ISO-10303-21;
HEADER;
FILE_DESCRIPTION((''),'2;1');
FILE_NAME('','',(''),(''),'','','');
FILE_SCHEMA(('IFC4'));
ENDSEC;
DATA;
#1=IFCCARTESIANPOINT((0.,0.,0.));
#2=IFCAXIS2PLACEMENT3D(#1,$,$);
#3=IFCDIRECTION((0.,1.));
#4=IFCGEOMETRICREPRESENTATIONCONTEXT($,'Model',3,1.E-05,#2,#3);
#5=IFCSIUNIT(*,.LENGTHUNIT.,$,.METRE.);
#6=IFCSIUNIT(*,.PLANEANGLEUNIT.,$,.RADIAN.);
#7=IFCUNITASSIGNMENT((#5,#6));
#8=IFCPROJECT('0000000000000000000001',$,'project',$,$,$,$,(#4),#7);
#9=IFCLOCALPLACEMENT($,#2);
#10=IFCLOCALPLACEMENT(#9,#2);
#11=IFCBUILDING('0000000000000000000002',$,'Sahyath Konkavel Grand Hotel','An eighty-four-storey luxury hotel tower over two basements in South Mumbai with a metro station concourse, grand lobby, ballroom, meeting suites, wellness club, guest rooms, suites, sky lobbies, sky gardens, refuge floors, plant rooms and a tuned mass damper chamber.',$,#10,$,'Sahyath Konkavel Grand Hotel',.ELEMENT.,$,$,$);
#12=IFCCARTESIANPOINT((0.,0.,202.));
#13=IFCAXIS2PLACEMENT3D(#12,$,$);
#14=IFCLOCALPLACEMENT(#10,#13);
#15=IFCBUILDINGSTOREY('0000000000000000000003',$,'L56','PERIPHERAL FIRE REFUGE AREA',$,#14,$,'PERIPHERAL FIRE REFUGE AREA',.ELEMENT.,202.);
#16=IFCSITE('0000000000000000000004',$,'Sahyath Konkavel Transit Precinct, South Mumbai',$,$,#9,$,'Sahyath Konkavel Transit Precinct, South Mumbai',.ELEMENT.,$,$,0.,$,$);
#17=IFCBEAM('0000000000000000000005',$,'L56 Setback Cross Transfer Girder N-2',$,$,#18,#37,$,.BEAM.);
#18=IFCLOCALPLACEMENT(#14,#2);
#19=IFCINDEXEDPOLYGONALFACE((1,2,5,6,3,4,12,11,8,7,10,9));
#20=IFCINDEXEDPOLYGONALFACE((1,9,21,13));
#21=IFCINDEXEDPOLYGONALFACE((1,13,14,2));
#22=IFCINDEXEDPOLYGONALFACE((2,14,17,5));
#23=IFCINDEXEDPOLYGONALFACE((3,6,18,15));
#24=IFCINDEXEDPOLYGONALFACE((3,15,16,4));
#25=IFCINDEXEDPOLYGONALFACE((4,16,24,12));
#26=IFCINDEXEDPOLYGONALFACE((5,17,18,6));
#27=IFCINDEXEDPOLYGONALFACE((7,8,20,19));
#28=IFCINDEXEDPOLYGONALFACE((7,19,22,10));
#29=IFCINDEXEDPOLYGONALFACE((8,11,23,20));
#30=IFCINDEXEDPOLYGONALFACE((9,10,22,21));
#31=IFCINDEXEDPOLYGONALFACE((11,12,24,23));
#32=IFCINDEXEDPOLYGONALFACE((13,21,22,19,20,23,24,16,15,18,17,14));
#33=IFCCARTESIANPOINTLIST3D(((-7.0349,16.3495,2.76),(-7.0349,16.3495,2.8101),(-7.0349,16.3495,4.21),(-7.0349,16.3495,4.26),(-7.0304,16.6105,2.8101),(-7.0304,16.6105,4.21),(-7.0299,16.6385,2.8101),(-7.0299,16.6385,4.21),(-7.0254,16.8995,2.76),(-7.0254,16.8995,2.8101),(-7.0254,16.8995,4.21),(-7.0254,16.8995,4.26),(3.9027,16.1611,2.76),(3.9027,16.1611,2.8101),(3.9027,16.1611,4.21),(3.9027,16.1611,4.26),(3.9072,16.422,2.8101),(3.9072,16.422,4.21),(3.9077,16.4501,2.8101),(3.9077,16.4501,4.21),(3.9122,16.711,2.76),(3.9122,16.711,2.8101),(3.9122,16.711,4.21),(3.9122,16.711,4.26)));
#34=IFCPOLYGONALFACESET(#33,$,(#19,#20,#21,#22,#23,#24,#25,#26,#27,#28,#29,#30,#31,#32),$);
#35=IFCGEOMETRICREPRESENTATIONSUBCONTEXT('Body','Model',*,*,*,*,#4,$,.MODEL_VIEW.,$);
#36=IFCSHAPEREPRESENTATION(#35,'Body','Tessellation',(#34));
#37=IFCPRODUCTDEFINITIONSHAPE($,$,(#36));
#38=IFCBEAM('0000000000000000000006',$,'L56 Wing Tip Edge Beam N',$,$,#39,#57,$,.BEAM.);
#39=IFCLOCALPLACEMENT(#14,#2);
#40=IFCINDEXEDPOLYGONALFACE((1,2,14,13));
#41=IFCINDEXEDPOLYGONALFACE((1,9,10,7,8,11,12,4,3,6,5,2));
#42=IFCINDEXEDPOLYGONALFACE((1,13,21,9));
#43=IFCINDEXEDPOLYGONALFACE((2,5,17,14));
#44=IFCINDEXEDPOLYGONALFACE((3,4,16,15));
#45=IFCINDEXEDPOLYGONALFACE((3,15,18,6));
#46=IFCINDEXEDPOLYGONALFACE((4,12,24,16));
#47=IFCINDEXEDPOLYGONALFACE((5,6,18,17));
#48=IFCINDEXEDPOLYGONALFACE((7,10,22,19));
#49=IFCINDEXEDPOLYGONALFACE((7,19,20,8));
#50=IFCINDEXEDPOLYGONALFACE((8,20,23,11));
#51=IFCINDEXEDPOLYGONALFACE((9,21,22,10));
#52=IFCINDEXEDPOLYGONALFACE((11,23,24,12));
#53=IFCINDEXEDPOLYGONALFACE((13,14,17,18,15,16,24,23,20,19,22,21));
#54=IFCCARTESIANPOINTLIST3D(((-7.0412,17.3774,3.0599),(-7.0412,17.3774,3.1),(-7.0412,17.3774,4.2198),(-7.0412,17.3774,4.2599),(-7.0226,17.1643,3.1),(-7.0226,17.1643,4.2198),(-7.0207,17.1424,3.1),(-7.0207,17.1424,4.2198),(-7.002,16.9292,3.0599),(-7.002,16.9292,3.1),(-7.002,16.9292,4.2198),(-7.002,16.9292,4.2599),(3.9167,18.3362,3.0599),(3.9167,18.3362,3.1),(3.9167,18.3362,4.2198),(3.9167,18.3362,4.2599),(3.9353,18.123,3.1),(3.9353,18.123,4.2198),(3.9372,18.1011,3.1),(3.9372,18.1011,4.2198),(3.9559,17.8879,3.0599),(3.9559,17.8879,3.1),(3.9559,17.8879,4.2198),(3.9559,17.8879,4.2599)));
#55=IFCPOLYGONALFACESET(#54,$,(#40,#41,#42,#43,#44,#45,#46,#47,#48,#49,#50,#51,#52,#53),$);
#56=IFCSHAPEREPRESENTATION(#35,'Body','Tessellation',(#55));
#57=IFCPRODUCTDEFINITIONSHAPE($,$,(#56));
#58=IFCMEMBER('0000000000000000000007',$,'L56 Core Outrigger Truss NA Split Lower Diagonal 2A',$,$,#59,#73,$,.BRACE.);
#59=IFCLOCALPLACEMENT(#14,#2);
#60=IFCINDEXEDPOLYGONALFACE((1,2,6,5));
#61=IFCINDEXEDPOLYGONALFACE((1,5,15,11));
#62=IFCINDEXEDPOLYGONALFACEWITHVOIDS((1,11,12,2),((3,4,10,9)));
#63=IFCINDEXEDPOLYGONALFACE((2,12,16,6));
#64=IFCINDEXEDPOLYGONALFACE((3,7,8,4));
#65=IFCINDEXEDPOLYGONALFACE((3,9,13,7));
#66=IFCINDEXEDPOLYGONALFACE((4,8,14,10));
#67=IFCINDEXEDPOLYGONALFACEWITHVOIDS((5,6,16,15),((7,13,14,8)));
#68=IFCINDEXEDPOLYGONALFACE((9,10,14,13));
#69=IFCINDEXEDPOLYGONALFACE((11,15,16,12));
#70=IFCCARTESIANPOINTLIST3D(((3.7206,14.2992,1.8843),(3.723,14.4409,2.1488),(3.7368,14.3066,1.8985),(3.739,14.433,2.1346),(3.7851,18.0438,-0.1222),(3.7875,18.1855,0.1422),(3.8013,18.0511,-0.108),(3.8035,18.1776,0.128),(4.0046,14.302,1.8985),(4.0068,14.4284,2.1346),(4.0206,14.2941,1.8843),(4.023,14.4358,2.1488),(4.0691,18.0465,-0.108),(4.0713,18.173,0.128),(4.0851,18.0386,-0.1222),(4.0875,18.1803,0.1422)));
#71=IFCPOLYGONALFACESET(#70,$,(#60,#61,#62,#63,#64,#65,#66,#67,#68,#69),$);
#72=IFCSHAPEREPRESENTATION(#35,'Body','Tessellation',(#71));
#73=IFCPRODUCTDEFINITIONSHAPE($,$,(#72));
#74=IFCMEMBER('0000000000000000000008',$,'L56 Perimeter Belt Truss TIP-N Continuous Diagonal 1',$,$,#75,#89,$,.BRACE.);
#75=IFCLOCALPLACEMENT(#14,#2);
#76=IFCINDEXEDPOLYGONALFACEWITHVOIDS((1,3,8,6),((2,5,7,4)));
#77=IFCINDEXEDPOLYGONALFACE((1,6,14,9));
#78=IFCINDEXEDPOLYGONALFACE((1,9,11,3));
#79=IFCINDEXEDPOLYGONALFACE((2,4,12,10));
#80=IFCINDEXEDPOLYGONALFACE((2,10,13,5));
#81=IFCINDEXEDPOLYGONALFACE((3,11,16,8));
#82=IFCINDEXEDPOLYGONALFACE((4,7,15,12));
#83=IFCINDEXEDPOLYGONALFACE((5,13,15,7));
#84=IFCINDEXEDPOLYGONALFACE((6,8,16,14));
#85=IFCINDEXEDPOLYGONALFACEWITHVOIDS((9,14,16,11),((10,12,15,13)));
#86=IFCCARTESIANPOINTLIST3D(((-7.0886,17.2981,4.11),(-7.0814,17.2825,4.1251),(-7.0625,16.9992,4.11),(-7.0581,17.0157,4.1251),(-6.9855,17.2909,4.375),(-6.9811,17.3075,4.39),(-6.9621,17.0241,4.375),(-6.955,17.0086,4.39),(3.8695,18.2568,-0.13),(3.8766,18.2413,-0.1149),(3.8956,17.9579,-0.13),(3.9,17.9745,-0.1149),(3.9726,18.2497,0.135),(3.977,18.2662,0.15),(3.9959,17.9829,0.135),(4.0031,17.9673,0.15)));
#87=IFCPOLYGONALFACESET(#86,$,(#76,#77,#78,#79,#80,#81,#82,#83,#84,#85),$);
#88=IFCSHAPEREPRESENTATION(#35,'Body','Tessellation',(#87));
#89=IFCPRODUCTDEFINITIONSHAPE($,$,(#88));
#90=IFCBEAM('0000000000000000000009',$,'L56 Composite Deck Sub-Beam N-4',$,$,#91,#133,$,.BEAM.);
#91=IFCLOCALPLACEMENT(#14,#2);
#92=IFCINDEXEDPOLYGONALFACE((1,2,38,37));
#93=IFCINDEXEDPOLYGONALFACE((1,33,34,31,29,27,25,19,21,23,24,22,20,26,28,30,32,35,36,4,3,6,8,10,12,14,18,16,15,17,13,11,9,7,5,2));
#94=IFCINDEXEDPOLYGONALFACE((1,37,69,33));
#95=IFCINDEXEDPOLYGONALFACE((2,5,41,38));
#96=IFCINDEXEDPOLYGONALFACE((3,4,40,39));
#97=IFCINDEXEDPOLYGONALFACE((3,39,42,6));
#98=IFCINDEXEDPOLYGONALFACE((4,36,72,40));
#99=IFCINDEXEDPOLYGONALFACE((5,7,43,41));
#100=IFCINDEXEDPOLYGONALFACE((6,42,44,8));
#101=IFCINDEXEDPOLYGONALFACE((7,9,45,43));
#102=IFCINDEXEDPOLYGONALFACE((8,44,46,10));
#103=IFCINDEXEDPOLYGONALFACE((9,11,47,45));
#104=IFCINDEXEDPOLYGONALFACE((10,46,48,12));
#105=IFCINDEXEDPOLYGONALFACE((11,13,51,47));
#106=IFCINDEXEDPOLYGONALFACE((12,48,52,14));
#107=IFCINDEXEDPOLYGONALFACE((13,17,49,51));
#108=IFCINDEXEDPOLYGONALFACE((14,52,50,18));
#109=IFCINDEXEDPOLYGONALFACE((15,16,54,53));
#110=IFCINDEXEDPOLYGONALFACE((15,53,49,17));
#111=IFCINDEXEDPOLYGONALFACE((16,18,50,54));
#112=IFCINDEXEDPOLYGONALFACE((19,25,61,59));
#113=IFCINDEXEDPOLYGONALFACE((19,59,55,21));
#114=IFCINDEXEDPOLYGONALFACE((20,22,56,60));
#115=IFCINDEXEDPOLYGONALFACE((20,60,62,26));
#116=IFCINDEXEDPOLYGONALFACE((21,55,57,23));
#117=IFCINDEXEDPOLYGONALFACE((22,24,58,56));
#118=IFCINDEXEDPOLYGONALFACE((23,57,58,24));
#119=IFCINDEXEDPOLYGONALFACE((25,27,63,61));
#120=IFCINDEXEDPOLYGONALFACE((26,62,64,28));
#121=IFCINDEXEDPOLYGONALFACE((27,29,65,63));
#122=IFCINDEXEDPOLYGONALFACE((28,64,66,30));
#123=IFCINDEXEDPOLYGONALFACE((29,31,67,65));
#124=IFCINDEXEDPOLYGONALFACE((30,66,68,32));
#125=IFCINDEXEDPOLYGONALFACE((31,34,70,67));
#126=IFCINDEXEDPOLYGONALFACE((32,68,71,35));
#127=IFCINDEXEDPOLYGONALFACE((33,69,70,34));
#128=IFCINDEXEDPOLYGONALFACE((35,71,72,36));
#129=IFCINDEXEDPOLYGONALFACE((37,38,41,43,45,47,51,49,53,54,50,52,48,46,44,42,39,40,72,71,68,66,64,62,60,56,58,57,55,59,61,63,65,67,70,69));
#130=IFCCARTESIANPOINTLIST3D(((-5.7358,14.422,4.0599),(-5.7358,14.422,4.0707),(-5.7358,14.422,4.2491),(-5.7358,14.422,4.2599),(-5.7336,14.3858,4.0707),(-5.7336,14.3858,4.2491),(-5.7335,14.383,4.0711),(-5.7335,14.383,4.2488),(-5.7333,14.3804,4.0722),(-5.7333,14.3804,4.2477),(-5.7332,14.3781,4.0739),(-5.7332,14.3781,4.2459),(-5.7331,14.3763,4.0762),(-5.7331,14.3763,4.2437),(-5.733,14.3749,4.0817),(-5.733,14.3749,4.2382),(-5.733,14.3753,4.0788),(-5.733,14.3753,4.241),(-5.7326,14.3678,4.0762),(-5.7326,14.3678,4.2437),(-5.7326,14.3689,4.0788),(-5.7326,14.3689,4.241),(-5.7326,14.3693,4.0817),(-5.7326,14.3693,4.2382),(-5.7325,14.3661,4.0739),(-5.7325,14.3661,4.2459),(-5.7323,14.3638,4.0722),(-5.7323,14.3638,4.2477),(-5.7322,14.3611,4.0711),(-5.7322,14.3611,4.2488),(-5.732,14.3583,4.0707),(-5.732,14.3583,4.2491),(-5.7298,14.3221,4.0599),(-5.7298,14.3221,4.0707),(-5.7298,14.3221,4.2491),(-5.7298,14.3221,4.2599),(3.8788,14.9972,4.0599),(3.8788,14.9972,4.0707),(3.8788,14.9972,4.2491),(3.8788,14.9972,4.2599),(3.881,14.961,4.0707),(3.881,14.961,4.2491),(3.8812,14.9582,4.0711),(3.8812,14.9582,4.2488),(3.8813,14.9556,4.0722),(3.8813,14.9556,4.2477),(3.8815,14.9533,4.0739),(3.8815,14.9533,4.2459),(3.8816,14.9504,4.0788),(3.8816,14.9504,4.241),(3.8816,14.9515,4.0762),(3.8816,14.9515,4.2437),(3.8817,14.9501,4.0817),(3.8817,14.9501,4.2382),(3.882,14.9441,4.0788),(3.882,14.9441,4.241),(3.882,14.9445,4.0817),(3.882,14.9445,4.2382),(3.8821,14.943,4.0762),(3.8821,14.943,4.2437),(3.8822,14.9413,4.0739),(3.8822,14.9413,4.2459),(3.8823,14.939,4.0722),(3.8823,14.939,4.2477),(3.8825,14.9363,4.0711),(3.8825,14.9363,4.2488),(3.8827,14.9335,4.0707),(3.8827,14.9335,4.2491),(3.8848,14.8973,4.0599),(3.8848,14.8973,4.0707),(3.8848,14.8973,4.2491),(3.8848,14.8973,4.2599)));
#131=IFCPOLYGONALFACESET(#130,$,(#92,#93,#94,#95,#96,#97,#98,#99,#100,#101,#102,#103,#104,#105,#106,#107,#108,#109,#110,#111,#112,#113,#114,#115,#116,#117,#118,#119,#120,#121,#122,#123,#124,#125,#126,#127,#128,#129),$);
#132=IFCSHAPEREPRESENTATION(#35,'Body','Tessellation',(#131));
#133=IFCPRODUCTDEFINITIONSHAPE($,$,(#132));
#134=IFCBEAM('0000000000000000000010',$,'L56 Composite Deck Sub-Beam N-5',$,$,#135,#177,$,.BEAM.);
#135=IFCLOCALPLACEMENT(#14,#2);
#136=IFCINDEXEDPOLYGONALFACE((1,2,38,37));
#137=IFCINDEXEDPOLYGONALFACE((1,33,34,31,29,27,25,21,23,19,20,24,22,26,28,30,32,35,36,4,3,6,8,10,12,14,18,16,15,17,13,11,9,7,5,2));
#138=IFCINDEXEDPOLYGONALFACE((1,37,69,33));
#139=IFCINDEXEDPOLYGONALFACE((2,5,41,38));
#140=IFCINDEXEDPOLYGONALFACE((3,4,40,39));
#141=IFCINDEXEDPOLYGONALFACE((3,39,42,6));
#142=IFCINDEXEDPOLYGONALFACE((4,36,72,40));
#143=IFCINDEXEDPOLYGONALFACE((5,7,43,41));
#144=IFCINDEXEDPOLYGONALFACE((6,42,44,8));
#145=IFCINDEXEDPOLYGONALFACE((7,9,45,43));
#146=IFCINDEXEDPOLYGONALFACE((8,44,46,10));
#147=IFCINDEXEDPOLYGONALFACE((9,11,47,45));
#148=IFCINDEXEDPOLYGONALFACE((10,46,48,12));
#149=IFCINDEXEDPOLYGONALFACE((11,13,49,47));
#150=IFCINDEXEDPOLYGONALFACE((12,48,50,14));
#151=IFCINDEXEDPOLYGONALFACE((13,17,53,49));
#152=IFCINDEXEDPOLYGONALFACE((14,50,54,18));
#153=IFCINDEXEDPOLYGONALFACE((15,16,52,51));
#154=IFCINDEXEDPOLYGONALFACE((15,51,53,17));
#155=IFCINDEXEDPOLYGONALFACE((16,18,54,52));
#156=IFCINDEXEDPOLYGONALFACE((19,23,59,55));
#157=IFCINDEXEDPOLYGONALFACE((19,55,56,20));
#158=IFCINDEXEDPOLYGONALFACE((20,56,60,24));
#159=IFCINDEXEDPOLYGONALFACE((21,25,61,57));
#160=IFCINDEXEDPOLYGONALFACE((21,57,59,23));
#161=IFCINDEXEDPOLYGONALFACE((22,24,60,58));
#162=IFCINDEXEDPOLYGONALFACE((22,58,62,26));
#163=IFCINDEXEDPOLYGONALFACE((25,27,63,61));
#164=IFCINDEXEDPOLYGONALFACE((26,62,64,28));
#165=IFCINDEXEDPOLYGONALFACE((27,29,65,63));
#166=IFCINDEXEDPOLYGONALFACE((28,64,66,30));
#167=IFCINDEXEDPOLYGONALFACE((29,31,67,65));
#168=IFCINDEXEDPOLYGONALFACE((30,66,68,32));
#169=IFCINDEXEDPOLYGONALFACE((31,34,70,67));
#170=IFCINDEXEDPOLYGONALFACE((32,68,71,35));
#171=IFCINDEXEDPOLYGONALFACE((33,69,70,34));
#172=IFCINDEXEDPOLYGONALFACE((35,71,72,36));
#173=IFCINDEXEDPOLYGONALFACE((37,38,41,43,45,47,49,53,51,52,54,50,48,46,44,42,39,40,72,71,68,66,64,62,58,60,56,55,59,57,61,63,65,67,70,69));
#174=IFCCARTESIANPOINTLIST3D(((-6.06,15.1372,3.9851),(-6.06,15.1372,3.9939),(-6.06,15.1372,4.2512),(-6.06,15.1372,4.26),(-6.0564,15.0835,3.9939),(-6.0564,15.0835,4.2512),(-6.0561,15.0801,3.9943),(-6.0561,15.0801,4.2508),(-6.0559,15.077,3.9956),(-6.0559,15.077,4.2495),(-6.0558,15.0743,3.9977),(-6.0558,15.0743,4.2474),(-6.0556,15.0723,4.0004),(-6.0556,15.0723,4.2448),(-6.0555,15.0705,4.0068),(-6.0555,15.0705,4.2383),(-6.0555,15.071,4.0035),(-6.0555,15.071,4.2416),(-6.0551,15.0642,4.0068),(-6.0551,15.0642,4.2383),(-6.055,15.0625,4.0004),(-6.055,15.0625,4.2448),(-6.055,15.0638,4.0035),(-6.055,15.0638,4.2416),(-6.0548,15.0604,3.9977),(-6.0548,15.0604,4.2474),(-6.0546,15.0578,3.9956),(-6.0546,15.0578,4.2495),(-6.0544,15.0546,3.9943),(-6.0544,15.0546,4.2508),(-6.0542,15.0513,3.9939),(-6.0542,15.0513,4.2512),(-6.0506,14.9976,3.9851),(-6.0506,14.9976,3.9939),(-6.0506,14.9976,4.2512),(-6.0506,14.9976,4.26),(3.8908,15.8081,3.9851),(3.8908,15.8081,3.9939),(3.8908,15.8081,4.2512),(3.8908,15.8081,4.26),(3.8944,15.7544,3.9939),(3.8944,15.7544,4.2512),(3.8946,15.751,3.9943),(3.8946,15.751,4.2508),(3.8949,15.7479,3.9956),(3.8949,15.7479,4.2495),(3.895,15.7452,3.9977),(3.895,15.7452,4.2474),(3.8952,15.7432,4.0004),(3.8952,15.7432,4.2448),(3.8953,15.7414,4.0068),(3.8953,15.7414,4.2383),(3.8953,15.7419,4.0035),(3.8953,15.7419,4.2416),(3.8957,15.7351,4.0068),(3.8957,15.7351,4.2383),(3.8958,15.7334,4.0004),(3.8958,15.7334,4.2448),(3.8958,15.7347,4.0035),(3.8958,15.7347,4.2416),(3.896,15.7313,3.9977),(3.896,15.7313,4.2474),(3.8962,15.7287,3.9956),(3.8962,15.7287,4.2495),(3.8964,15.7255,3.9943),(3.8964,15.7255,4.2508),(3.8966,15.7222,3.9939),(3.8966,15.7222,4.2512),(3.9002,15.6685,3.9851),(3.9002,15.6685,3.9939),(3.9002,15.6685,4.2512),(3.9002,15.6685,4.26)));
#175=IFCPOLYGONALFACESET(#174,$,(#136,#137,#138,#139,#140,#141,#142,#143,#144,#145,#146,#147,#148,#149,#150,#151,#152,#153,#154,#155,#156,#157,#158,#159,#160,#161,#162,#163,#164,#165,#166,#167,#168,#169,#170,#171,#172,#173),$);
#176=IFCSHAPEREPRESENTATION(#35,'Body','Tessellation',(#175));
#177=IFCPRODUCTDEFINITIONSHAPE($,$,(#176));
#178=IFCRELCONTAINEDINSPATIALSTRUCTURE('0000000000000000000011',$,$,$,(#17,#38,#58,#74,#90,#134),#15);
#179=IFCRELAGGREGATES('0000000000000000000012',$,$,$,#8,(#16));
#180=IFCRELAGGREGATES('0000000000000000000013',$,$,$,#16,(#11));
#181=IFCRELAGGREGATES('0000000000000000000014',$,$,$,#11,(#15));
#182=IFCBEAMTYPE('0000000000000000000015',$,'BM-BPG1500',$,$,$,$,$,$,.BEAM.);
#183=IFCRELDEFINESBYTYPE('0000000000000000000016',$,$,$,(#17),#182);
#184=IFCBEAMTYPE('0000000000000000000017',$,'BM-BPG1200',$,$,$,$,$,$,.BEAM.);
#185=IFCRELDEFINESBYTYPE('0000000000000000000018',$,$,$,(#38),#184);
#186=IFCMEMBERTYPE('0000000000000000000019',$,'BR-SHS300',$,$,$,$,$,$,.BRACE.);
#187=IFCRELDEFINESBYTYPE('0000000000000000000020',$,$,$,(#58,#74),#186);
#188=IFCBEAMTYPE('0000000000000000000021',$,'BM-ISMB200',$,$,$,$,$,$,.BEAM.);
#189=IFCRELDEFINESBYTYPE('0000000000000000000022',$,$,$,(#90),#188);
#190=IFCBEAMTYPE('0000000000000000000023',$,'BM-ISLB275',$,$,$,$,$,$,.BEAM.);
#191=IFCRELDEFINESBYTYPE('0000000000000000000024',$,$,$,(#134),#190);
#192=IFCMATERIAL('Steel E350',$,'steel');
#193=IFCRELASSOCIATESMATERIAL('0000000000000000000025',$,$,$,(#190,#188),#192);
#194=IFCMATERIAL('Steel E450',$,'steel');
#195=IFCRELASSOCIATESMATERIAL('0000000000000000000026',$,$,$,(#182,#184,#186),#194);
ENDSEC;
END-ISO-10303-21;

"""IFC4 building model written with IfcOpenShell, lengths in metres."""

from ifc_helpers import new_model, si_unit, direction, frame, origin, origin_2d, place, context, subcontext, project, spatial, hollow_rectangle, i_section, extrude, source, transform, mapped, material, material_profile, profile_set, type_object, element, save


model = new_model("IFC4")

# Units and contexts
model_context = context("Model", 3, precision=1e-05, world=origin(), true_north=direction((0.0, 1.0)))
body_context = subcontext(model_context, "Body", "Model", "MODEL_VIEW")
ifc_project = project(units=[si_unit("LENGTHUNIT", "METRE"), si_unit("PLANEANGLEUNIT", "RADIAN")], contexts=[model_context])

# Site, building, storey
site_placement = place(None, origin())
site = spatial("IfcSite", under=ifc_project, at=site_placement, Name="Sahyath Konkavel Transit Precinct, South Mumbai", LongName="Sahyath Konkavel Transit Precinct, South Mumbai", CompositionType="ELEMENT", RefElevation=0.0)
building_placement = place(site_placement, origin())
building = spatial("IfcBuilding", under=site, at=building_placement, Name="Sahyath Konkavel Grand Hotel", Description="An eighty-four-storey luxury hotel tower over two basements in South Mumbai with a metro station concourse, grand lobby, ballroom, meeting suites, wellness club, guest rooms, suites, sky lobbies, sky gardens, refuge floors, plant rooms and a tuned mass damper chamber.", LongName="Sahyath Konkavel Grand Hotel", CompositionType="ELEMENT")
storey_placement = place(building_placement, frame((0.0, 0.0, 202.0)))
storey = spatial("IfcBuildingStorey", under=building, at=storey_placement, Name="L56", Description="PERIPHERAL FIRE REFUGE AREA", LongName="PERIPHERAL FIRE REFUGE AREA", CompositionType="ELEMENT", Elevation=202.0)

# Shared definitions
ifc_material_1 = material(Name="Steel E450", Category="steel")

# Beams
ifc_material_2 = material(Name="Steel E350", Category="steel")
ifc_material_profile_1 = material_profile(ifc_material_2, i_section(OverallWidth=0.1399, OverallDepth=0.2749, WebThickness=0.0063, FlangeThickness=0.0088, FilletRadius=0.0129, at=origin_2d()), Name="ISLB 275")
ifc_profile_set_1 = profile_set([ifc_material_profile_1], Name="Steel E350")
beam_type_1 = type_object("IfcBeamType", Name="BM-ISLB275", PredefinedType="BEAM", material=ifc_profile_set_1)
ifc_material_profile_2 = material_profile(ifc_material_1, i_section(OverallWidth=0.55, OverallDepth=1.5, WebThickness=0.0281, FlangeThickness=0.05, at=origin_2d()), Name="BPG 1500x550")
ifc_profile_set_2 = profile_set([ifc_material_profile_2], Name="Steel E450")
beam_type_2 = type_object("IfcBeamType", Name="BM-BPG1500", PredefinedType="BEAM", material=ifc_profile_set_2)
shared_shape_1 = source(origin(), body_context, "Body", "SweptSolid", [
    extrude(i_section(OverallWidth=0.55, OverallDepth=1.5, WebThickness=0.0281, FlangeThickness=0.05, at=origin_2d()), origin(), (0.0, 0.0, 1.0), 10.9392),
])
beam_1_placement = place(storey_placement, frame((3.9075, 16.436, 3.51), z_axis=(-0.999852, 0.01723, 0.0), x_axis=(-0.01723, -0.999852, 0.0)))
element("IfcBeam", 1, at=beam_1_placement, inside=storey, type_object=beam_type_2, Name="L56 Setback Cross Transfer Girder N-2", PredefinedType="BEAM", context=body_context, shape_type="MappedRepresentation", body=[
    mapped(shared_shape_1, transform((0.0, 0.0, 0.0), scale=1.0)),
])
ifc_material_profile_3 = material_profile(ifc_material_1, i_section(OverallWidth=0.45, OverallDepth=1.2, WebThickness=0.022, FlangeThickness=0.04, at=origin_2d()), Name="BPG 1200x450")
ifc_profile_set_3 = profile_set([ifc_material_profile_3], Name="Steel E450")
beam_type_3 = type_object("IfcBeamType", Name="BM-BPG1200", PredefinedType="BEAM", material=ifc_profile_set_3)
shared_shape_2 = source(origin(), body_context, "Body", "SweptSolid", [
    extrude(i_section(OverallWidth=0.45, OverallDepth=1.2, WebThickness=0.022, FlangeThickness=0.04, at=origin_2d()), origin(), (0.0, 0.0, 1.0), 10.9998),
])
beam_2_placement = place(storey_placement, frame((3.9363, 18.1121, 3.6599), z_axis=(-0.996194, -0.087159, 0.0), x_axis=(0.087159, -0.996194, 0.0)))
element("IfcBeam", 2, at=beam_2_placement, inside=storey, type_object=beam_type_3, Name="L56 Wing Tip Edge Beam N", PredefinedType="BEAM", context=body_context, shape_type="MappedRepresentation", body=[
    mapped(shared_shape_2, transform((0.0, 0.0, 0.0), scale=1.0)),
])

# Members
ifc_material_profile_4 = material_profile(ifc_material_1, hollow_rectangle(XDim=0.3, YDim=0.3, WallThickness=0.0161, at=origin_2d()), Name="SHS 300x300x16")
ifc_profile_set_4 = profile_set([ifc_material_profile_4], Name="Steel E450")
member_type_1 = type_object("IfcMemberType", Name="BR-SHS300", PredefinedType="BRACE", material=ifc_profile_set_4)
shared_shape_3 = source(origin(), body_context, "Body", "SweptSolid", [
    extrude(hollow_rectangle(XDim=0.3, YDim=0.3, WallThickness=0.0161, at=origin_2d()), origin(), (0.0, 0.0, 1.0), 4.2488),
])
member_1_placement = place(storey_placement, frame((3.9363, 18.1121, 0.01), z_axis=(-0.01517, -0.881326, 0.472266), x_axis=(0.999852, -0.01721, 0.0)))
element("IfcMember", 3, at=member_1_placement, inside=storey, type_object=member_type_1, Name="L56 Core Outrigger Truss NA Split Lower Diagonal 2A", PredefinedType="BRACE", context=body_context, shape_type="MappedRepresentation", body=[
    mapped(shared_shape_3, transform((0.0, 0.0, 0.0), scale=1.0)),
])
shared_shape_4 = source(origin(), body_context, "Body", "SweptSolid", [
    extrude(hollow_rectangle(XDim=0.3, YDim=0.3, WallThickness=0.0161, at=origin_2d()), origin(), (0.0, 0.0, 1.0), 11.7888),
])
member_2_placement = place(storey_placement, frame((3.9363, 18.1121, 0.01), z_axis=(-0.929531, -0.081327, 0.359664), x_axis=(0.087159, -0.996194, 0.0)))
element("IfcMember", 4, at=member_2_placement, inside=storey, type_object=member_type_1, Name="L56 Perimeter Belt Truss TIP-N Continuous Diagonal 1", PredefinedType="BRACE", context=body_context, shape_type="MappedRepresentation", body=[
    mapped(shared_shape_4, transform((0.0, 0.0, 0.0), scale=1.0)),
])

# Beams
ifc_material_profile_5 = material_profile(ifc_material_2, i_section(OverallWidth=0.1001, OverallDepth=0.2, WebThickness=0.0056, FlangeThickness=0.0107, FilletRadius=0.011, at=origin_2d()), Name="ISMB 200")
ifc_profile_set_5 = profile_set([ifc_material_profile_5], Name="Steel E350")
beam_type_4 = type_object("IfcBeamType", Name="BM-ISMB200", PredefinedType="BEAM", material=ifc_profile_set_5)
shared_shape_5 = source(origin(), body_context, "Body", "SweptSolid", [
    extrude(i_section(OverallWidth=0.1001, OverallDepth=0.2, WebThickness=0.0056, FlangeThickness=0.0107, FilletRadius=0.011, at=origin_2d()), origin(), (0.0, 0.0, 1.0), 9.6318),
])
beam_3_placement = place(storey_placement, frame((3.8818, 14.9473, 4.1599), z_axis=(-0.998215, -0.059718, 0.0), x_axis=(0.059718, -0.998215, 0.0)))
element("IfcBeam", 5, at=beam_3_placement, inside=storey, type_object=beam_type_4, Name="L56 Composite Deck Sub-Beam N-4", PredefinedType="BEAM", context=body_context, shape_type="MappedRepresentation", body=[
    mapped(shared_shape_5, transform((0.0, 0.0, 0.0), scale=1.0)),
])
shared_shape_6 = source(origin(), body_context, "Body", "SweptSolid", [
    extrude(i_section(OverallWidth=0.1399, OverallDepth=0.2749, WebThickness=0.0063, FlangeThickness=0.0088, FilletRadius=0.0129, at=origin_2d()), origin(), (0.0, 0.0, 1.0), 9.9734),
])
beam_4_placement = place(storey_placement, frame((3.8955, 15.7383, 4.1226), z_axis=(-0.997735, -0.06727, 0.0), x_axis=(0.06727, -0.997735, 0.0)))
element("IfcBeam", 6, at=beam_4_placement, inside=storey, type_object=beam_type_1, Name="L56 Composite Deck Sub-Beam N-5", PredefinedType="BEAM", context=body_context, shape_type="MappedRepresentation", body=[
    mapped(shared_shape_6, transform((0.0, 0.0, 0.0), scale=1.0)),
])

save(model, "model.ifc")
